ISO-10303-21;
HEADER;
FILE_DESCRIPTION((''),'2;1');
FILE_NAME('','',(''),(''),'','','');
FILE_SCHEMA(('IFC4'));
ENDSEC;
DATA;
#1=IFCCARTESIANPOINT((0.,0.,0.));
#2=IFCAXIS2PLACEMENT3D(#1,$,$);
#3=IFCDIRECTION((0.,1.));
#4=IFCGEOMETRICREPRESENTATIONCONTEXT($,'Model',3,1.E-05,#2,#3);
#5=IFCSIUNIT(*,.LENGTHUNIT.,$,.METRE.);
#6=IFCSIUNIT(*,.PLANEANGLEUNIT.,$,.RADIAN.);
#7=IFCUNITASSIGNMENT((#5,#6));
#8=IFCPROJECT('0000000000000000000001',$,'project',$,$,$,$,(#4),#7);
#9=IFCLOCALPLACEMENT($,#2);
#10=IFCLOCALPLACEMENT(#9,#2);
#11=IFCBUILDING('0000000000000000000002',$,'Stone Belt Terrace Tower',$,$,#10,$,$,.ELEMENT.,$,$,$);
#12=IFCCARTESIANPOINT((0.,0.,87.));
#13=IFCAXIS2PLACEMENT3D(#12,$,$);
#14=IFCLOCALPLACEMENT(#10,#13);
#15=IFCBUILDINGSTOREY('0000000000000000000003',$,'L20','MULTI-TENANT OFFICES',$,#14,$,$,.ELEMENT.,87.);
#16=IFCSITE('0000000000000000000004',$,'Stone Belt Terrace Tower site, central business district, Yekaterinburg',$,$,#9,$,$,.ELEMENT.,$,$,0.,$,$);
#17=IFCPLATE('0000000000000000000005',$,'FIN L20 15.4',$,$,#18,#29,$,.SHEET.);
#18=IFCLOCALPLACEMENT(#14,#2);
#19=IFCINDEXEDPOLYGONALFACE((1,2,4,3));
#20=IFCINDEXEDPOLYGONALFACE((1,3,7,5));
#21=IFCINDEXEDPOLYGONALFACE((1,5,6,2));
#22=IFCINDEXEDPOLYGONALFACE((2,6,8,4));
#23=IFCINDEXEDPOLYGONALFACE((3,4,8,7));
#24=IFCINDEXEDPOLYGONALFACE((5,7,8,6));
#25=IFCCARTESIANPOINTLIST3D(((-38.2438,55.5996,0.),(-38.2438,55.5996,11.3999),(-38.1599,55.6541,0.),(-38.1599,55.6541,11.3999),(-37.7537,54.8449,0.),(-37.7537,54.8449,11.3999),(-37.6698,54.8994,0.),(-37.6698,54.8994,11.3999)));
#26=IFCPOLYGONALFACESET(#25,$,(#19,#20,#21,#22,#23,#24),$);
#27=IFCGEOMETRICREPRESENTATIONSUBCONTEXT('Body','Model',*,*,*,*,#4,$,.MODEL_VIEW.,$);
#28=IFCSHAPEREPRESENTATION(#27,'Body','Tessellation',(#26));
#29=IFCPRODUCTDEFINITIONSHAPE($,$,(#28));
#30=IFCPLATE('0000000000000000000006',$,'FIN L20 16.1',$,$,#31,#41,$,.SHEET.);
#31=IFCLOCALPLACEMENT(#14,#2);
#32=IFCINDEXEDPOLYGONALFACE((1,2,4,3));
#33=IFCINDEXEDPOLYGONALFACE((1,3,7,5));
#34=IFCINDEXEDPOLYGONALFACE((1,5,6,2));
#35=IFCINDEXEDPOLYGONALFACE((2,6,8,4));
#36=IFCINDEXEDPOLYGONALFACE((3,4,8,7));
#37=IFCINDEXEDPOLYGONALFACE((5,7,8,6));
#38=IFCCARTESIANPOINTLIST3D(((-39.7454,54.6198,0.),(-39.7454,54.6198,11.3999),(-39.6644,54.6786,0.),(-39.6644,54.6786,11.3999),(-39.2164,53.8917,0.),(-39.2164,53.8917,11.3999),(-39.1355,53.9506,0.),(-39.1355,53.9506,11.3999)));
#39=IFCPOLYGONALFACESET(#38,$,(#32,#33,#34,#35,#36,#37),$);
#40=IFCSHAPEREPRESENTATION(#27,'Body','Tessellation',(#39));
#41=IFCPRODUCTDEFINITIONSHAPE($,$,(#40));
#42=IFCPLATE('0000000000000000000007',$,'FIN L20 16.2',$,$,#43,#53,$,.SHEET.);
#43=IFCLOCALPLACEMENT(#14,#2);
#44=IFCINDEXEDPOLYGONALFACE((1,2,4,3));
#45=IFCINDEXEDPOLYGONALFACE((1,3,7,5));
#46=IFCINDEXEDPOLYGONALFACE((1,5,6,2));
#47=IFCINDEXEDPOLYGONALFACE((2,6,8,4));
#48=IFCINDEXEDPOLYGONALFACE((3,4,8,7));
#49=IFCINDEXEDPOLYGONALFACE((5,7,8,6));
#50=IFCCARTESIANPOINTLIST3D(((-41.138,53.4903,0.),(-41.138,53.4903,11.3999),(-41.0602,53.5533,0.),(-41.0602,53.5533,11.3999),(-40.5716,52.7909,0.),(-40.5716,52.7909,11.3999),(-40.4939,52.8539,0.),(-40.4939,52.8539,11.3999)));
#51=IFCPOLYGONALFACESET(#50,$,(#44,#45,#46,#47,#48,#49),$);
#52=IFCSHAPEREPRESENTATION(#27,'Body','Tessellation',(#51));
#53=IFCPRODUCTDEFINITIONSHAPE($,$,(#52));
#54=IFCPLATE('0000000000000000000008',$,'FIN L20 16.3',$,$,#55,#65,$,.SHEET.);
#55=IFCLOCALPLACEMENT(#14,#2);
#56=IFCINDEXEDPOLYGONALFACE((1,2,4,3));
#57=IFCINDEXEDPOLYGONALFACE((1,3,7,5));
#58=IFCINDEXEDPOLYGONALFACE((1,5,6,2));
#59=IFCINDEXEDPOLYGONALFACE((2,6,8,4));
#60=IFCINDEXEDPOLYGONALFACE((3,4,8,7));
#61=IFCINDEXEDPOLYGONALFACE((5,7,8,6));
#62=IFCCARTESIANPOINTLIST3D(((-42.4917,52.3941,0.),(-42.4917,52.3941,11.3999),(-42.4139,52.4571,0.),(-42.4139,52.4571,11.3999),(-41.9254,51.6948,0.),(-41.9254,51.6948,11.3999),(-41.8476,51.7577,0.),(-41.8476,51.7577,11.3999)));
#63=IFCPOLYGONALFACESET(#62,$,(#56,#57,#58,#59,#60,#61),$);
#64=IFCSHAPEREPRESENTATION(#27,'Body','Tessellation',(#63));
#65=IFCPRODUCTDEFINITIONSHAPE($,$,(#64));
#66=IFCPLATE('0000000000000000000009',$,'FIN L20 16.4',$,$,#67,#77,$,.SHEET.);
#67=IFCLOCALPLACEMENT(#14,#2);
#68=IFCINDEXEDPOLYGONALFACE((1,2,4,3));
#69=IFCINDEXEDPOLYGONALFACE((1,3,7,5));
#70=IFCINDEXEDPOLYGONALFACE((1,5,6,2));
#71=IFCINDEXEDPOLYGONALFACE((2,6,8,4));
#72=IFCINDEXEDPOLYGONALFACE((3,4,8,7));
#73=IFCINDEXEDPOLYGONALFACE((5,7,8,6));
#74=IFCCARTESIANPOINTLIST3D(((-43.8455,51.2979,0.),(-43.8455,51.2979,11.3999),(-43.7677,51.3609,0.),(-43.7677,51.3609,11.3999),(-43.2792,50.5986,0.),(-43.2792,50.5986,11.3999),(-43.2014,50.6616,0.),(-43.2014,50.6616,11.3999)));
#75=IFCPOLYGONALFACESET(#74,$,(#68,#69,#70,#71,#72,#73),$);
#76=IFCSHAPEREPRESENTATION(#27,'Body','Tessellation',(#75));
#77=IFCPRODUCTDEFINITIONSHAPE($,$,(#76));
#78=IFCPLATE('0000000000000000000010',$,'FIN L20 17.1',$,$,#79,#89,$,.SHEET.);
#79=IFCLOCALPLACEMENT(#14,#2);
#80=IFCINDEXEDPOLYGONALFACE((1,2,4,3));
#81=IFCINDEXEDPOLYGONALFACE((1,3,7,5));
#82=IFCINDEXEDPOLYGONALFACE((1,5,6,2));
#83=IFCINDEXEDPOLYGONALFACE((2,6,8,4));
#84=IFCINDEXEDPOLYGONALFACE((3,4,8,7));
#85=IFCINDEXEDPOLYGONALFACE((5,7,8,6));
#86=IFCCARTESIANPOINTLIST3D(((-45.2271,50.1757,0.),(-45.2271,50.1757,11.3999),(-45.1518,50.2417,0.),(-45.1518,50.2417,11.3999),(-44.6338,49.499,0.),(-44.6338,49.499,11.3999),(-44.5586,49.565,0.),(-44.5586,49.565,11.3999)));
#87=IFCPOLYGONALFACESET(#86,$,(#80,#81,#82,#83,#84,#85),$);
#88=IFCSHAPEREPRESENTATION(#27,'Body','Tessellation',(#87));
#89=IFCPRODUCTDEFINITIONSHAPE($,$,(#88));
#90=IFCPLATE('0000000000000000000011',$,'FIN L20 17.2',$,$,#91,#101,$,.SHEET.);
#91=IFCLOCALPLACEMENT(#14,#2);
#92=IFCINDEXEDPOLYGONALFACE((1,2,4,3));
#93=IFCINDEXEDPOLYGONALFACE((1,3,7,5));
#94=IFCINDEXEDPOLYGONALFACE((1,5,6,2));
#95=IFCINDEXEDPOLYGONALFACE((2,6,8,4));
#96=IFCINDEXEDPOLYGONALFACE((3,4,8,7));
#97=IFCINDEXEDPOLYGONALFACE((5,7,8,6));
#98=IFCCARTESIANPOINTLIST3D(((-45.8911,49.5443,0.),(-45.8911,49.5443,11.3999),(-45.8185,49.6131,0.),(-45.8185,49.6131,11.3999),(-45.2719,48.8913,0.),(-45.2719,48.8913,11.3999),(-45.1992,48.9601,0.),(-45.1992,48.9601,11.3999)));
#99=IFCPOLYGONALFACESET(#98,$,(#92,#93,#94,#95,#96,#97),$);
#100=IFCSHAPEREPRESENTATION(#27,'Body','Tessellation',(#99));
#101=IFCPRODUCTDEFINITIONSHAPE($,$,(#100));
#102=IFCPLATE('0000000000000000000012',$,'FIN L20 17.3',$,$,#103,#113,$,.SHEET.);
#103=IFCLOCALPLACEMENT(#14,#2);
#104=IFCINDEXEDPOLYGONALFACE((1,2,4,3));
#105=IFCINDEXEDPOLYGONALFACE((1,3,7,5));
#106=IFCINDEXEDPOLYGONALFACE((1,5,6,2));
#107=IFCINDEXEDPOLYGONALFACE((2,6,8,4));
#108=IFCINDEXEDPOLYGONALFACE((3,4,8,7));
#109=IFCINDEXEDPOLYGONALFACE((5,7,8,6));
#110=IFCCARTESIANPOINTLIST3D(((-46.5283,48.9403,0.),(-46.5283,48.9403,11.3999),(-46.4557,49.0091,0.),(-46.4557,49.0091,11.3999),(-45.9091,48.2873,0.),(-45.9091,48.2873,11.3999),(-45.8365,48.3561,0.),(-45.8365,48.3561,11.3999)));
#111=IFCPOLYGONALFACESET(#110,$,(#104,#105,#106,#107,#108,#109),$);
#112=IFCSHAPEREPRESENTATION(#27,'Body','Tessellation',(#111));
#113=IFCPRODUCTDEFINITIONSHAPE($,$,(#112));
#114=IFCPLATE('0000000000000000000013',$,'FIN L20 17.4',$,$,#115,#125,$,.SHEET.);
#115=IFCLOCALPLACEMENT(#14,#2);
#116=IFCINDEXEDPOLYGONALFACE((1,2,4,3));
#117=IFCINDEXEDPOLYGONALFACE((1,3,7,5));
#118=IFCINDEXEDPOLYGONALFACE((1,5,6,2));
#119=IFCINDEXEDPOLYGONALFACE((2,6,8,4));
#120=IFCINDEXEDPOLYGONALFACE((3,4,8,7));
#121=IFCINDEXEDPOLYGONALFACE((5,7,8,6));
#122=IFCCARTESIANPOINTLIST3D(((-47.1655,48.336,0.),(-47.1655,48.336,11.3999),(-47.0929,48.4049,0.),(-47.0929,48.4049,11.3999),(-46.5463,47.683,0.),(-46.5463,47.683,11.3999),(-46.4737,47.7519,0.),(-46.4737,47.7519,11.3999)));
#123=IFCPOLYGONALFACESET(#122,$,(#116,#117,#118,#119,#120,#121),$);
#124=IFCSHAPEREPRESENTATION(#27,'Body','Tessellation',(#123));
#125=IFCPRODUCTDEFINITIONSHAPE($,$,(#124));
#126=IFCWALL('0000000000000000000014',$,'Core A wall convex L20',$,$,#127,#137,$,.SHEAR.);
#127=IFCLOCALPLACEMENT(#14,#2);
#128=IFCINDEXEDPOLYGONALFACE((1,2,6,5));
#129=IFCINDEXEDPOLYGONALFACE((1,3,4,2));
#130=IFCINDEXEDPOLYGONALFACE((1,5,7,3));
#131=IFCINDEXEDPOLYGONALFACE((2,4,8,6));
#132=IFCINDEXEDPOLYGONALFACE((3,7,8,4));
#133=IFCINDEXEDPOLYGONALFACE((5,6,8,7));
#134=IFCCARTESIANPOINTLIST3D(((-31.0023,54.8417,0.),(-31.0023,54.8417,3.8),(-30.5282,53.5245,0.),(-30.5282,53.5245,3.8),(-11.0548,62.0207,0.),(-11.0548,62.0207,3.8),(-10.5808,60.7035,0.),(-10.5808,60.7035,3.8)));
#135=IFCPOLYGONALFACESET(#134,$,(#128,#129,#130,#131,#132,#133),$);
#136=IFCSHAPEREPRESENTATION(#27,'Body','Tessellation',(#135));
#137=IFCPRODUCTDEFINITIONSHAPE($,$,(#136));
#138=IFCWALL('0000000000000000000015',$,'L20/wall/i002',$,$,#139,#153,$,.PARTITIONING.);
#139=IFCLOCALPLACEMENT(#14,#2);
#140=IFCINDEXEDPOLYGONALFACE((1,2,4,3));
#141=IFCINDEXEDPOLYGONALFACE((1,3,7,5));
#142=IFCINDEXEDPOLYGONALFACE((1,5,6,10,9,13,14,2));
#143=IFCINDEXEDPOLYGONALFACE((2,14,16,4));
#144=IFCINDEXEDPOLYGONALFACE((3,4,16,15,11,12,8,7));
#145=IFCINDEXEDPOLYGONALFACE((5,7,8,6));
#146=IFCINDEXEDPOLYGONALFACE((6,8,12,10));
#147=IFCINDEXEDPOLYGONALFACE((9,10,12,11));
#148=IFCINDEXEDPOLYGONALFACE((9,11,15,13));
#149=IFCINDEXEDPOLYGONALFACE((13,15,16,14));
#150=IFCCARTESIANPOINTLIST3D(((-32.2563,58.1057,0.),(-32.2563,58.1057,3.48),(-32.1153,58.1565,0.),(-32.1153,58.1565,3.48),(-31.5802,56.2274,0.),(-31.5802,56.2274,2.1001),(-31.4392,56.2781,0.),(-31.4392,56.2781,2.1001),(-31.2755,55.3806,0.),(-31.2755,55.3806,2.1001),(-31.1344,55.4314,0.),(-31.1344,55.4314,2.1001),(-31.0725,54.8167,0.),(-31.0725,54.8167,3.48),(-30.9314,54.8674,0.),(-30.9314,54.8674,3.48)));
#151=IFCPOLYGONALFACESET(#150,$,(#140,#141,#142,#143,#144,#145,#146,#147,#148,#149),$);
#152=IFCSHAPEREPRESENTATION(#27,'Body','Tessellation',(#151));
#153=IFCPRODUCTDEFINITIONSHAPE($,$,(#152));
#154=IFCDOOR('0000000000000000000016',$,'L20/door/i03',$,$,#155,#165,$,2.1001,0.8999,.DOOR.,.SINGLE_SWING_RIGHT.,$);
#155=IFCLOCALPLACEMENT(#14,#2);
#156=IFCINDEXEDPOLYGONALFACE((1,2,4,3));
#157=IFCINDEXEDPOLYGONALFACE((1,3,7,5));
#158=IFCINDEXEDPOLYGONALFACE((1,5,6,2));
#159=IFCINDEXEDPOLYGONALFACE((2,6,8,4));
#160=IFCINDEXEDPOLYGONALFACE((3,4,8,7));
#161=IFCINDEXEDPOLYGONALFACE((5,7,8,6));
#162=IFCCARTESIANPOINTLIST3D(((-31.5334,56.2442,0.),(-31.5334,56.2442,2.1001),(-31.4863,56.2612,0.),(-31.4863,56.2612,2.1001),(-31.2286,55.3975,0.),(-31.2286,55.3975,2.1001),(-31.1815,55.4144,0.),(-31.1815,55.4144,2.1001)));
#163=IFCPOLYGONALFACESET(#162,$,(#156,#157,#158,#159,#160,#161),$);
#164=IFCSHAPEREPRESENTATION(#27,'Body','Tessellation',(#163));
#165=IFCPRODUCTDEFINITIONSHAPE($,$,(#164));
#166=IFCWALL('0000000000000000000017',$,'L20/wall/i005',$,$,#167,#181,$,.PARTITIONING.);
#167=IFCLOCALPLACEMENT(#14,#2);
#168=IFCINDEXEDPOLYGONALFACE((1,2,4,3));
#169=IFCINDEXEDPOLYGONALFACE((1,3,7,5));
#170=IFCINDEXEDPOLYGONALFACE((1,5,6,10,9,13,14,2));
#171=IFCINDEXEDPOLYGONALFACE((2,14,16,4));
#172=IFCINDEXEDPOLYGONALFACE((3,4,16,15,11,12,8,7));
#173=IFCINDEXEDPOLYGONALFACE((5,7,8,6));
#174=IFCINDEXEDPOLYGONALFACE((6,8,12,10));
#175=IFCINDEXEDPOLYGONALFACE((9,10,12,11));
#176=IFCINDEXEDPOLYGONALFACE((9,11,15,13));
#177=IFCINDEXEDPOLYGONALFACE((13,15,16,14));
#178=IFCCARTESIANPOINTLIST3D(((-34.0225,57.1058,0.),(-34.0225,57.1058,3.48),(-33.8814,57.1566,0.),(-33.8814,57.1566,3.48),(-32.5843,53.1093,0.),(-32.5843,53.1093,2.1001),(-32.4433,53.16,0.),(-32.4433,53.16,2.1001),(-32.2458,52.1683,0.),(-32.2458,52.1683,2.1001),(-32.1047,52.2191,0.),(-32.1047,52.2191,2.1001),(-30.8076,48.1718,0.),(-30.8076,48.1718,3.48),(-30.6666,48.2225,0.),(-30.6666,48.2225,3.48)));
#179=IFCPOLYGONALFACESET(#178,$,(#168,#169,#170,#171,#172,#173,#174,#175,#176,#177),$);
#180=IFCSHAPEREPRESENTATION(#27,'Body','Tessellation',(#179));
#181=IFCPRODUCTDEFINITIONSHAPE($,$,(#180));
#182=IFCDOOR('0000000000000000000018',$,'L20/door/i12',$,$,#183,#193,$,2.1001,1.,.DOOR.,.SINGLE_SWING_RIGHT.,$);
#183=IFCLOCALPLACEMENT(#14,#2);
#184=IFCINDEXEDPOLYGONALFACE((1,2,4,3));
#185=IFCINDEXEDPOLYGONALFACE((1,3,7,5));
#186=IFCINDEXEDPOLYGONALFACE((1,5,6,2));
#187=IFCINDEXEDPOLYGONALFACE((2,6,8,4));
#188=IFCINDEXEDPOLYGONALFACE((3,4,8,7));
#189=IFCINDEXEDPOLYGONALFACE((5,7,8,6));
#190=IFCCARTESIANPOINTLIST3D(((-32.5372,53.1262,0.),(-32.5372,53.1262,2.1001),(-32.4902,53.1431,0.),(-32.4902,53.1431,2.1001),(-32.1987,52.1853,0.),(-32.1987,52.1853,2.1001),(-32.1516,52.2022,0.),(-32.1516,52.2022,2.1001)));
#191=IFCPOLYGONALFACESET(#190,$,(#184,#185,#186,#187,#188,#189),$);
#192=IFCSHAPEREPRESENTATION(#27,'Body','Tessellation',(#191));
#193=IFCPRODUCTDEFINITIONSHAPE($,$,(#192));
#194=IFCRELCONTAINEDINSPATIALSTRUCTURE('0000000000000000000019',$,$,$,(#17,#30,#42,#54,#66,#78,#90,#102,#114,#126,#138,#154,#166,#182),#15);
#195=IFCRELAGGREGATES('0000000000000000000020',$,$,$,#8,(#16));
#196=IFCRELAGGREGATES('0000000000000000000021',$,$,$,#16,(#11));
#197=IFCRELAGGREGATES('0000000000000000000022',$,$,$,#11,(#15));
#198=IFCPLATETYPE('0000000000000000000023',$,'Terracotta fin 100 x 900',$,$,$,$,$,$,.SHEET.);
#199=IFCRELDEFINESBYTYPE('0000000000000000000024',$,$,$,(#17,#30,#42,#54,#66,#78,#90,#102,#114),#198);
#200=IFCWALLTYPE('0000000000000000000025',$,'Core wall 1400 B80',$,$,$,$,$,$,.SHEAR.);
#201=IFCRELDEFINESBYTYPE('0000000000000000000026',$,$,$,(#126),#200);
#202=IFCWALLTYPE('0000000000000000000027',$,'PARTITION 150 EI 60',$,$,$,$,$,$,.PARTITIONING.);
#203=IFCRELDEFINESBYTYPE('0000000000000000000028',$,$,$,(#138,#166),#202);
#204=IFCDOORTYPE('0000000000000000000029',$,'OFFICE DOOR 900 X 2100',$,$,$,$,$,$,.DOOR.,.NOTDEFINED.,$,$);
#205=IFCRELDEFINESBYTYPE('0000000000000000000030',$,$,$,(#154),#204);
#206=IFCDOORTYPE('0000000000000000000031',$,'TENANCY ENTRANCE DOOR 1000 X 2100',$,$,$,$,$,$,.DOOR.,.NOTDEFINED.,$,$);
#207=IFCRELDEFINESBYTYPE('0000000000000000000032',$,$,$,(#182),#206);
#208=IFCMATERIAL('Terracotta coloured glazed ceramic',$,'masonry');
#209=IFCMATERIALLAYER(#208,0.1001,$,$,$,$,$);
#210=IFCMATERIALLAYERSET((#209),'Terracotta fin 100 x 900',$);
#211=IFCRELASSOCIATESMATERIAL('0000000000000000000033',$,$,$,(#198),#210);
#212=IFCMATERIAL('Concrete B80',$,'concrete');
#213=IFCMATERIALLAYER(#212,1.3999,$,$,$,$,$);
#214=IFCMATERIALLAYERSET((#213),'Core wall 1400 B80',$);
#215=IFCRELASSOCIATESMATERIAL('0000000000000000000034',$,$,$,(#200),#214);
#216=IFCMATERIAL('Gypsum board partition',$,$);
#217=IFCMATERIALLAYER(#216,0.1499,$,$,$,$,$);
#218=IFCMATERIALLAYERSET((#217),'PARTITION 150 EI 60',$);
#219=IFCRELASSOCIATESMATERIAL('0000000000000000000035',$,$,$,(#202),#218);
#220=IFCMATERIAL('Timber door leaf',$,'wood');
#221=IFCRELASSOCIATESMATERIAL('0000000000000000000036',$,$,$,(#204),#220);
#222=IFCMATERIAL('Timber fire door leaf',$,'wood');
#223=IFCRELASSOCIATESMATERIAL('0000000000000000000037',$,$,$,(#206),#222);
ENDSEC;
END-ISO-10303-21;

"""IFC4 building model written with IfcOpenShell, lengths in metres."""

from ifc_helpers import new_model, si_unit, direction, frame, frame_2d, origin, origin_2d, place, context, subcontext, project, spatial, rectangle, extrude, material, layer, layer_set, type_object, element, fill, save


model = new_model("IFC4")

# Units and contexts
model_context = context("Model", 3, precision=1e-05, world=origin(), true_north=direction((0.0, 1.0)))
body_context = subcontext(model_context, "Body", "Model", "MODEL_VIEW")
ifc_project = project(units=[si_unit("LENGTHUNIT", "METRE"), si_unit("PLANEANGLEUNIT", "RADIAN")], contexts=[model_context])

# Site, building, storey
site_placement = place(None, origin())
site = spatial("IfcSite", under=ifc_project, at=site_placement, Name="Stone Belt Terrace Tower site, central business district, Yekaterinburg", CompositionType="ELEMENT", RefElevation=0.0)
building_placement = place(site_placement, origin())
building = spatial("IfcBuilding", under=site, at=building_placement, Name="Stone Belt Terrace Tower", CompositionType="ELEMENT")
storey_placement = place(building_placement, frame((0.0, 0.0, 87.0)))
storey = spatial("IfcBuildingStorey", under=building, at=storey_placement, Name="L20", Description="MULTI-TENANT OFFICES", CompositionType="ELEMENT", Elevation=87.0)

# Shared definitions
ifc_material_1 = material(Name="Concrete B80", Category="concrete")

# Plates
ifc_material_2 = material(Name="Terracotta coloured glazed ceramic", Category="masonry")
ifc_layer_1 = layer(ifc_material_2, 0.1001)
ifc_layer_set_1 = layer_set([ifc_layer_1], Name="Terracotta fin 100 x 900")
plate_type_1 = type_object("IfcPlateType", Name="Terracotta fin 100 x 900", PredefinedType="SHEET", material=ifc_layer_set_1)
for number, where, z_axis, x_axis, name in (
    (1, (-37.9568, 55.2495, 0.0), (0.0, 0.0, 1.0), (-0.544639, 0.838671, 0.0), "FIN L20 15.4"),
    (2, (-39.4404, 54.2852, 0.0), (0.0, 0.0, 1.0), (-0.587785, 0.809017, 0.0), "FIN L20 16.1"),
    (3, (-40.8159, 53.1721, 0.0), (0.0, 0.0, 1.0), (-0.62932, 0.777146, 0.0), "FIN L20 16.2"),
    (4, (-42.1697, 52.0759, 0.0), (0.0, 0.0, 1.0), (-0.62932, 0.777146, 0.0), "FIN L20 16.3"),
    (5, (-43.5234, 50.9797, 0.0), (0.0, 0.0, 1.0), (-0.62932, 0.777146, 0.0), "FIN L20 16.4"),
    (6, (-44.8928, 49.8704, 0.0), (0.0, 0.0, 1.0), (-0.659207, 0.751961, 0.0), "FIN L20 17.1"),
    (7, (-45.5452, 49.2522, 0.0), (0.0, 0.0, 1.0), (-0.688087, 0.725628, 0.0), "FIN L20 17.2"),
    (8, (-46.1824, 48.6482, 0.0), (0.0, 0.0, 1.0), (-0.688087, 0.725628, 0.0), "FIN L20 17.3"),
    (9, (-46.8196, 48.0439, 0.0), (0.0, 0.0, 1.0), (-0.688087, 0.725628, 0.0), "FIN L20 17.4"),
):
    element("IfcPlate", number, at=place(storey_placement, frame(where, z_axis=z_axis, x_axis=x_axis)), inside=storey, type_object=plate_type_1, Name=name, PredefinedType="SHEET", context=body_context, shape_type="SweptSolid", body=[
        extrude(rectangle(XDim=0.8999, YDim=0.1001, at=origin_2d()), origin(), (0.0, 0.0, 1.0), 11.3999),
    ])

# Wall
ifc_layer_2 = layer(ifc_material_1, 1.3999)
ifc_layer_set_2 = layer_set([ifc_layer_2], Name="Core wall 1400 B80")
wall_type_1 = type_object("IfcWallType", Name="Core wall 1400 B80", PredefinedType="SHEAR", material=ifc_layer_set_2)
wall_1_placement = place(storey_placement, frame((-30.7654, 54.1831, 0.0), z_axis=(0.0, 0.0, 1.0), x_axis=(0.94092, 0.33863, 0.0)))
element("IfcWall", 10, at=wall_1_placement, inside=storey, type_object=wall_type_1, Name="Core A wall convex L20", PredefinedType="SHEAR", context=body_context, shape_type="SweptSolid", body=[
    extrude(rectangle(XDim=21.2, YDim=1.3999, at=frame_2d((10.6001, 0.0))), origin(), (0.0, 0.0, 1.0), 3.8),
])

# Walls, openings, doors
ifc_material_3 = material(Name="Gypsum board partition")
ifc_layer_3 = layer(ifc_material_3, 0.1499)
ifc_layer_set_3 = layer_set([ifc_layer_3], Name="PARTITION 150 EI 60")
wall_type_2 = type_object("IfcWallType", Name="PARTITION 150 EI 60", PredefinedType="PARTITIONING", material=ifc_layer_set_3)
wall_2_placement = place(storey_placement, frame((-32.1858, 58.1311, 0.0), z_axis=(0.0, 0.0, 1.0), x_axis=(0.338663, -0.940908, 0.0)))
wall_2 = element("IfcWall", 11, at=wall_2_placement, inside=storey, type_object=wall_type_2, Name="L20/wall/i002", PredefinedType="PARTITIONING", context=body_context, shape_type="SweptSolid", body=[
    extrude(rectangle(XDim=3.4956, YDim=0.1499, at=frame_2d((1.7478, 0.0))), origin(), (0.0, 0.0, 1.0), 3.48),
])
opening_1_placement = place(wall_2_placement, frame((1.9963, 0.0, 0.0)))
opening_1 = element("IfcOpeningElement", 12, at=opening_1_placement, cuts=wall_2, PredefinedType="OPENING", context=body_context, shape_type="SweptSolid", body=[
    extrude(rectangle(XDim=0.8999, YDim=2.1001, at=frame_2d((0.45, 1.05))), frame((0.0, 0.085, 0.0), z_axis=(0.0, -1.0, 0.0), x_axis=(1.0, 0.0, 0.0)), (0.0, 0.0, 1.0), 0.1699),
])
ifc_material_4 = material(Name="Timber door leaf", Category="wood")
door_type_1 = type_object("IfcDoorType", Name="OFFICE DOOR 900 X 2100", OperationType="NOTDEFINED", PredefinedType="DOOR", material=ifc_material_4)
door_1_placement = place(opening_1_placement, origin())
door_1 = element("IfcDoor", 13, at=door_1_placement, inside=storey, type_object=door_type_1, Name="L20/door/i03", OperationType="SINGLE_SWING_RIGHT", OverallHeight=2.1001, OverallWidth=0.8999, PredefinedType="DOOR", context=body_context, shape_type="SweptSolid", body=[
    extrude(rectangle(XDim=0.8999, YDim=2.1001, at=frame_2d((0.45, 1.05))), frame((0.0, 0.0249, 0.0), z_axis=(0.0, -1.0, 0.0), x_axis=(1.0, 0.0, 0.0)), (0.0, 0.0, 1.0), 0.05),
])
fill(opening_1, door_1)
wall_3_placement = place(storey_placement, frame((-30.7371, 48.197, 0.0), z_axis=(0.0, 0.0, 1.0), x_axis=(-0.338587, 0.940935, 0.0)))
wall_3 = element("IfcWall", 14, at=wall_3_placement, inside=storey, type_object=wall_type_2, Name="L20/wall/i005", PredefinedType="PARTITIONING", context=body_context, shape_type="SweptSolid", body=[
    extrude(rectangle(XDim=9.4949, YDim=0.1499, at=frame_2d((4.7476, 0.0))), origin(), (0.0, 0.0, 1.0), 3.48),
])
opening_2_placement = place(wall_3_placement, frame((4.2476, 0.0, 0.0)))
opening_2 = element("IfcOpeningElement", 15, at=opening_2_placement, cuts=wall_3, PredefinedType="OPENING", context=body_context, shape_type="SweptSolid", body=[
    extrude(rectangle(XDim=1.0, YDim=2.1001, at=frame_2d((0.5, 1.05))), frame((0.0, 0.085, 0.0), z_axis=(0.0, -1.0, 0.0), x_axis=(1.0, 0.0, 0.0)), (0.0, 0.0, 1.0), 0.1699),
])
ifc_material_5 = material(Name="Timber fire door leaf", Category="wood")
door_type_2 = type_object("IfcDoorType", Name="TENANCY ENTRANCE DOOR 1000 X 2100", OperationType="NOTDEFINED", PredefinedType="DOOR", material=ifc_material_5)
door_2_placement = place(opening_2_placement, origin())
door_2 = element("IfcDoor", 16, at=door_2_placement, inside=storey, type_object=door_type_2, Name="L20/door/i12", OperationType="SINGLE_SWING_RIGHT", OverallHeight=2.1001, OverallWidth=1.0, PredefinedType="DOOR", context=body_context, shape_type="SweptSolid", body=[
    extrude(rectangle(XDim=1.0, YDim=2.1001, at=frame_2d((0.5, 1.05))), frame((0.0, 0.0249, 0.0), z_axis=(0.0, -1.0, 0.0), x_axis=(1.0, 0.0, 0.0)), (0.0, 0.0, 1.0), 0.05),
])
fill(opening_2, door_2)

save(model, "model.ifc")
